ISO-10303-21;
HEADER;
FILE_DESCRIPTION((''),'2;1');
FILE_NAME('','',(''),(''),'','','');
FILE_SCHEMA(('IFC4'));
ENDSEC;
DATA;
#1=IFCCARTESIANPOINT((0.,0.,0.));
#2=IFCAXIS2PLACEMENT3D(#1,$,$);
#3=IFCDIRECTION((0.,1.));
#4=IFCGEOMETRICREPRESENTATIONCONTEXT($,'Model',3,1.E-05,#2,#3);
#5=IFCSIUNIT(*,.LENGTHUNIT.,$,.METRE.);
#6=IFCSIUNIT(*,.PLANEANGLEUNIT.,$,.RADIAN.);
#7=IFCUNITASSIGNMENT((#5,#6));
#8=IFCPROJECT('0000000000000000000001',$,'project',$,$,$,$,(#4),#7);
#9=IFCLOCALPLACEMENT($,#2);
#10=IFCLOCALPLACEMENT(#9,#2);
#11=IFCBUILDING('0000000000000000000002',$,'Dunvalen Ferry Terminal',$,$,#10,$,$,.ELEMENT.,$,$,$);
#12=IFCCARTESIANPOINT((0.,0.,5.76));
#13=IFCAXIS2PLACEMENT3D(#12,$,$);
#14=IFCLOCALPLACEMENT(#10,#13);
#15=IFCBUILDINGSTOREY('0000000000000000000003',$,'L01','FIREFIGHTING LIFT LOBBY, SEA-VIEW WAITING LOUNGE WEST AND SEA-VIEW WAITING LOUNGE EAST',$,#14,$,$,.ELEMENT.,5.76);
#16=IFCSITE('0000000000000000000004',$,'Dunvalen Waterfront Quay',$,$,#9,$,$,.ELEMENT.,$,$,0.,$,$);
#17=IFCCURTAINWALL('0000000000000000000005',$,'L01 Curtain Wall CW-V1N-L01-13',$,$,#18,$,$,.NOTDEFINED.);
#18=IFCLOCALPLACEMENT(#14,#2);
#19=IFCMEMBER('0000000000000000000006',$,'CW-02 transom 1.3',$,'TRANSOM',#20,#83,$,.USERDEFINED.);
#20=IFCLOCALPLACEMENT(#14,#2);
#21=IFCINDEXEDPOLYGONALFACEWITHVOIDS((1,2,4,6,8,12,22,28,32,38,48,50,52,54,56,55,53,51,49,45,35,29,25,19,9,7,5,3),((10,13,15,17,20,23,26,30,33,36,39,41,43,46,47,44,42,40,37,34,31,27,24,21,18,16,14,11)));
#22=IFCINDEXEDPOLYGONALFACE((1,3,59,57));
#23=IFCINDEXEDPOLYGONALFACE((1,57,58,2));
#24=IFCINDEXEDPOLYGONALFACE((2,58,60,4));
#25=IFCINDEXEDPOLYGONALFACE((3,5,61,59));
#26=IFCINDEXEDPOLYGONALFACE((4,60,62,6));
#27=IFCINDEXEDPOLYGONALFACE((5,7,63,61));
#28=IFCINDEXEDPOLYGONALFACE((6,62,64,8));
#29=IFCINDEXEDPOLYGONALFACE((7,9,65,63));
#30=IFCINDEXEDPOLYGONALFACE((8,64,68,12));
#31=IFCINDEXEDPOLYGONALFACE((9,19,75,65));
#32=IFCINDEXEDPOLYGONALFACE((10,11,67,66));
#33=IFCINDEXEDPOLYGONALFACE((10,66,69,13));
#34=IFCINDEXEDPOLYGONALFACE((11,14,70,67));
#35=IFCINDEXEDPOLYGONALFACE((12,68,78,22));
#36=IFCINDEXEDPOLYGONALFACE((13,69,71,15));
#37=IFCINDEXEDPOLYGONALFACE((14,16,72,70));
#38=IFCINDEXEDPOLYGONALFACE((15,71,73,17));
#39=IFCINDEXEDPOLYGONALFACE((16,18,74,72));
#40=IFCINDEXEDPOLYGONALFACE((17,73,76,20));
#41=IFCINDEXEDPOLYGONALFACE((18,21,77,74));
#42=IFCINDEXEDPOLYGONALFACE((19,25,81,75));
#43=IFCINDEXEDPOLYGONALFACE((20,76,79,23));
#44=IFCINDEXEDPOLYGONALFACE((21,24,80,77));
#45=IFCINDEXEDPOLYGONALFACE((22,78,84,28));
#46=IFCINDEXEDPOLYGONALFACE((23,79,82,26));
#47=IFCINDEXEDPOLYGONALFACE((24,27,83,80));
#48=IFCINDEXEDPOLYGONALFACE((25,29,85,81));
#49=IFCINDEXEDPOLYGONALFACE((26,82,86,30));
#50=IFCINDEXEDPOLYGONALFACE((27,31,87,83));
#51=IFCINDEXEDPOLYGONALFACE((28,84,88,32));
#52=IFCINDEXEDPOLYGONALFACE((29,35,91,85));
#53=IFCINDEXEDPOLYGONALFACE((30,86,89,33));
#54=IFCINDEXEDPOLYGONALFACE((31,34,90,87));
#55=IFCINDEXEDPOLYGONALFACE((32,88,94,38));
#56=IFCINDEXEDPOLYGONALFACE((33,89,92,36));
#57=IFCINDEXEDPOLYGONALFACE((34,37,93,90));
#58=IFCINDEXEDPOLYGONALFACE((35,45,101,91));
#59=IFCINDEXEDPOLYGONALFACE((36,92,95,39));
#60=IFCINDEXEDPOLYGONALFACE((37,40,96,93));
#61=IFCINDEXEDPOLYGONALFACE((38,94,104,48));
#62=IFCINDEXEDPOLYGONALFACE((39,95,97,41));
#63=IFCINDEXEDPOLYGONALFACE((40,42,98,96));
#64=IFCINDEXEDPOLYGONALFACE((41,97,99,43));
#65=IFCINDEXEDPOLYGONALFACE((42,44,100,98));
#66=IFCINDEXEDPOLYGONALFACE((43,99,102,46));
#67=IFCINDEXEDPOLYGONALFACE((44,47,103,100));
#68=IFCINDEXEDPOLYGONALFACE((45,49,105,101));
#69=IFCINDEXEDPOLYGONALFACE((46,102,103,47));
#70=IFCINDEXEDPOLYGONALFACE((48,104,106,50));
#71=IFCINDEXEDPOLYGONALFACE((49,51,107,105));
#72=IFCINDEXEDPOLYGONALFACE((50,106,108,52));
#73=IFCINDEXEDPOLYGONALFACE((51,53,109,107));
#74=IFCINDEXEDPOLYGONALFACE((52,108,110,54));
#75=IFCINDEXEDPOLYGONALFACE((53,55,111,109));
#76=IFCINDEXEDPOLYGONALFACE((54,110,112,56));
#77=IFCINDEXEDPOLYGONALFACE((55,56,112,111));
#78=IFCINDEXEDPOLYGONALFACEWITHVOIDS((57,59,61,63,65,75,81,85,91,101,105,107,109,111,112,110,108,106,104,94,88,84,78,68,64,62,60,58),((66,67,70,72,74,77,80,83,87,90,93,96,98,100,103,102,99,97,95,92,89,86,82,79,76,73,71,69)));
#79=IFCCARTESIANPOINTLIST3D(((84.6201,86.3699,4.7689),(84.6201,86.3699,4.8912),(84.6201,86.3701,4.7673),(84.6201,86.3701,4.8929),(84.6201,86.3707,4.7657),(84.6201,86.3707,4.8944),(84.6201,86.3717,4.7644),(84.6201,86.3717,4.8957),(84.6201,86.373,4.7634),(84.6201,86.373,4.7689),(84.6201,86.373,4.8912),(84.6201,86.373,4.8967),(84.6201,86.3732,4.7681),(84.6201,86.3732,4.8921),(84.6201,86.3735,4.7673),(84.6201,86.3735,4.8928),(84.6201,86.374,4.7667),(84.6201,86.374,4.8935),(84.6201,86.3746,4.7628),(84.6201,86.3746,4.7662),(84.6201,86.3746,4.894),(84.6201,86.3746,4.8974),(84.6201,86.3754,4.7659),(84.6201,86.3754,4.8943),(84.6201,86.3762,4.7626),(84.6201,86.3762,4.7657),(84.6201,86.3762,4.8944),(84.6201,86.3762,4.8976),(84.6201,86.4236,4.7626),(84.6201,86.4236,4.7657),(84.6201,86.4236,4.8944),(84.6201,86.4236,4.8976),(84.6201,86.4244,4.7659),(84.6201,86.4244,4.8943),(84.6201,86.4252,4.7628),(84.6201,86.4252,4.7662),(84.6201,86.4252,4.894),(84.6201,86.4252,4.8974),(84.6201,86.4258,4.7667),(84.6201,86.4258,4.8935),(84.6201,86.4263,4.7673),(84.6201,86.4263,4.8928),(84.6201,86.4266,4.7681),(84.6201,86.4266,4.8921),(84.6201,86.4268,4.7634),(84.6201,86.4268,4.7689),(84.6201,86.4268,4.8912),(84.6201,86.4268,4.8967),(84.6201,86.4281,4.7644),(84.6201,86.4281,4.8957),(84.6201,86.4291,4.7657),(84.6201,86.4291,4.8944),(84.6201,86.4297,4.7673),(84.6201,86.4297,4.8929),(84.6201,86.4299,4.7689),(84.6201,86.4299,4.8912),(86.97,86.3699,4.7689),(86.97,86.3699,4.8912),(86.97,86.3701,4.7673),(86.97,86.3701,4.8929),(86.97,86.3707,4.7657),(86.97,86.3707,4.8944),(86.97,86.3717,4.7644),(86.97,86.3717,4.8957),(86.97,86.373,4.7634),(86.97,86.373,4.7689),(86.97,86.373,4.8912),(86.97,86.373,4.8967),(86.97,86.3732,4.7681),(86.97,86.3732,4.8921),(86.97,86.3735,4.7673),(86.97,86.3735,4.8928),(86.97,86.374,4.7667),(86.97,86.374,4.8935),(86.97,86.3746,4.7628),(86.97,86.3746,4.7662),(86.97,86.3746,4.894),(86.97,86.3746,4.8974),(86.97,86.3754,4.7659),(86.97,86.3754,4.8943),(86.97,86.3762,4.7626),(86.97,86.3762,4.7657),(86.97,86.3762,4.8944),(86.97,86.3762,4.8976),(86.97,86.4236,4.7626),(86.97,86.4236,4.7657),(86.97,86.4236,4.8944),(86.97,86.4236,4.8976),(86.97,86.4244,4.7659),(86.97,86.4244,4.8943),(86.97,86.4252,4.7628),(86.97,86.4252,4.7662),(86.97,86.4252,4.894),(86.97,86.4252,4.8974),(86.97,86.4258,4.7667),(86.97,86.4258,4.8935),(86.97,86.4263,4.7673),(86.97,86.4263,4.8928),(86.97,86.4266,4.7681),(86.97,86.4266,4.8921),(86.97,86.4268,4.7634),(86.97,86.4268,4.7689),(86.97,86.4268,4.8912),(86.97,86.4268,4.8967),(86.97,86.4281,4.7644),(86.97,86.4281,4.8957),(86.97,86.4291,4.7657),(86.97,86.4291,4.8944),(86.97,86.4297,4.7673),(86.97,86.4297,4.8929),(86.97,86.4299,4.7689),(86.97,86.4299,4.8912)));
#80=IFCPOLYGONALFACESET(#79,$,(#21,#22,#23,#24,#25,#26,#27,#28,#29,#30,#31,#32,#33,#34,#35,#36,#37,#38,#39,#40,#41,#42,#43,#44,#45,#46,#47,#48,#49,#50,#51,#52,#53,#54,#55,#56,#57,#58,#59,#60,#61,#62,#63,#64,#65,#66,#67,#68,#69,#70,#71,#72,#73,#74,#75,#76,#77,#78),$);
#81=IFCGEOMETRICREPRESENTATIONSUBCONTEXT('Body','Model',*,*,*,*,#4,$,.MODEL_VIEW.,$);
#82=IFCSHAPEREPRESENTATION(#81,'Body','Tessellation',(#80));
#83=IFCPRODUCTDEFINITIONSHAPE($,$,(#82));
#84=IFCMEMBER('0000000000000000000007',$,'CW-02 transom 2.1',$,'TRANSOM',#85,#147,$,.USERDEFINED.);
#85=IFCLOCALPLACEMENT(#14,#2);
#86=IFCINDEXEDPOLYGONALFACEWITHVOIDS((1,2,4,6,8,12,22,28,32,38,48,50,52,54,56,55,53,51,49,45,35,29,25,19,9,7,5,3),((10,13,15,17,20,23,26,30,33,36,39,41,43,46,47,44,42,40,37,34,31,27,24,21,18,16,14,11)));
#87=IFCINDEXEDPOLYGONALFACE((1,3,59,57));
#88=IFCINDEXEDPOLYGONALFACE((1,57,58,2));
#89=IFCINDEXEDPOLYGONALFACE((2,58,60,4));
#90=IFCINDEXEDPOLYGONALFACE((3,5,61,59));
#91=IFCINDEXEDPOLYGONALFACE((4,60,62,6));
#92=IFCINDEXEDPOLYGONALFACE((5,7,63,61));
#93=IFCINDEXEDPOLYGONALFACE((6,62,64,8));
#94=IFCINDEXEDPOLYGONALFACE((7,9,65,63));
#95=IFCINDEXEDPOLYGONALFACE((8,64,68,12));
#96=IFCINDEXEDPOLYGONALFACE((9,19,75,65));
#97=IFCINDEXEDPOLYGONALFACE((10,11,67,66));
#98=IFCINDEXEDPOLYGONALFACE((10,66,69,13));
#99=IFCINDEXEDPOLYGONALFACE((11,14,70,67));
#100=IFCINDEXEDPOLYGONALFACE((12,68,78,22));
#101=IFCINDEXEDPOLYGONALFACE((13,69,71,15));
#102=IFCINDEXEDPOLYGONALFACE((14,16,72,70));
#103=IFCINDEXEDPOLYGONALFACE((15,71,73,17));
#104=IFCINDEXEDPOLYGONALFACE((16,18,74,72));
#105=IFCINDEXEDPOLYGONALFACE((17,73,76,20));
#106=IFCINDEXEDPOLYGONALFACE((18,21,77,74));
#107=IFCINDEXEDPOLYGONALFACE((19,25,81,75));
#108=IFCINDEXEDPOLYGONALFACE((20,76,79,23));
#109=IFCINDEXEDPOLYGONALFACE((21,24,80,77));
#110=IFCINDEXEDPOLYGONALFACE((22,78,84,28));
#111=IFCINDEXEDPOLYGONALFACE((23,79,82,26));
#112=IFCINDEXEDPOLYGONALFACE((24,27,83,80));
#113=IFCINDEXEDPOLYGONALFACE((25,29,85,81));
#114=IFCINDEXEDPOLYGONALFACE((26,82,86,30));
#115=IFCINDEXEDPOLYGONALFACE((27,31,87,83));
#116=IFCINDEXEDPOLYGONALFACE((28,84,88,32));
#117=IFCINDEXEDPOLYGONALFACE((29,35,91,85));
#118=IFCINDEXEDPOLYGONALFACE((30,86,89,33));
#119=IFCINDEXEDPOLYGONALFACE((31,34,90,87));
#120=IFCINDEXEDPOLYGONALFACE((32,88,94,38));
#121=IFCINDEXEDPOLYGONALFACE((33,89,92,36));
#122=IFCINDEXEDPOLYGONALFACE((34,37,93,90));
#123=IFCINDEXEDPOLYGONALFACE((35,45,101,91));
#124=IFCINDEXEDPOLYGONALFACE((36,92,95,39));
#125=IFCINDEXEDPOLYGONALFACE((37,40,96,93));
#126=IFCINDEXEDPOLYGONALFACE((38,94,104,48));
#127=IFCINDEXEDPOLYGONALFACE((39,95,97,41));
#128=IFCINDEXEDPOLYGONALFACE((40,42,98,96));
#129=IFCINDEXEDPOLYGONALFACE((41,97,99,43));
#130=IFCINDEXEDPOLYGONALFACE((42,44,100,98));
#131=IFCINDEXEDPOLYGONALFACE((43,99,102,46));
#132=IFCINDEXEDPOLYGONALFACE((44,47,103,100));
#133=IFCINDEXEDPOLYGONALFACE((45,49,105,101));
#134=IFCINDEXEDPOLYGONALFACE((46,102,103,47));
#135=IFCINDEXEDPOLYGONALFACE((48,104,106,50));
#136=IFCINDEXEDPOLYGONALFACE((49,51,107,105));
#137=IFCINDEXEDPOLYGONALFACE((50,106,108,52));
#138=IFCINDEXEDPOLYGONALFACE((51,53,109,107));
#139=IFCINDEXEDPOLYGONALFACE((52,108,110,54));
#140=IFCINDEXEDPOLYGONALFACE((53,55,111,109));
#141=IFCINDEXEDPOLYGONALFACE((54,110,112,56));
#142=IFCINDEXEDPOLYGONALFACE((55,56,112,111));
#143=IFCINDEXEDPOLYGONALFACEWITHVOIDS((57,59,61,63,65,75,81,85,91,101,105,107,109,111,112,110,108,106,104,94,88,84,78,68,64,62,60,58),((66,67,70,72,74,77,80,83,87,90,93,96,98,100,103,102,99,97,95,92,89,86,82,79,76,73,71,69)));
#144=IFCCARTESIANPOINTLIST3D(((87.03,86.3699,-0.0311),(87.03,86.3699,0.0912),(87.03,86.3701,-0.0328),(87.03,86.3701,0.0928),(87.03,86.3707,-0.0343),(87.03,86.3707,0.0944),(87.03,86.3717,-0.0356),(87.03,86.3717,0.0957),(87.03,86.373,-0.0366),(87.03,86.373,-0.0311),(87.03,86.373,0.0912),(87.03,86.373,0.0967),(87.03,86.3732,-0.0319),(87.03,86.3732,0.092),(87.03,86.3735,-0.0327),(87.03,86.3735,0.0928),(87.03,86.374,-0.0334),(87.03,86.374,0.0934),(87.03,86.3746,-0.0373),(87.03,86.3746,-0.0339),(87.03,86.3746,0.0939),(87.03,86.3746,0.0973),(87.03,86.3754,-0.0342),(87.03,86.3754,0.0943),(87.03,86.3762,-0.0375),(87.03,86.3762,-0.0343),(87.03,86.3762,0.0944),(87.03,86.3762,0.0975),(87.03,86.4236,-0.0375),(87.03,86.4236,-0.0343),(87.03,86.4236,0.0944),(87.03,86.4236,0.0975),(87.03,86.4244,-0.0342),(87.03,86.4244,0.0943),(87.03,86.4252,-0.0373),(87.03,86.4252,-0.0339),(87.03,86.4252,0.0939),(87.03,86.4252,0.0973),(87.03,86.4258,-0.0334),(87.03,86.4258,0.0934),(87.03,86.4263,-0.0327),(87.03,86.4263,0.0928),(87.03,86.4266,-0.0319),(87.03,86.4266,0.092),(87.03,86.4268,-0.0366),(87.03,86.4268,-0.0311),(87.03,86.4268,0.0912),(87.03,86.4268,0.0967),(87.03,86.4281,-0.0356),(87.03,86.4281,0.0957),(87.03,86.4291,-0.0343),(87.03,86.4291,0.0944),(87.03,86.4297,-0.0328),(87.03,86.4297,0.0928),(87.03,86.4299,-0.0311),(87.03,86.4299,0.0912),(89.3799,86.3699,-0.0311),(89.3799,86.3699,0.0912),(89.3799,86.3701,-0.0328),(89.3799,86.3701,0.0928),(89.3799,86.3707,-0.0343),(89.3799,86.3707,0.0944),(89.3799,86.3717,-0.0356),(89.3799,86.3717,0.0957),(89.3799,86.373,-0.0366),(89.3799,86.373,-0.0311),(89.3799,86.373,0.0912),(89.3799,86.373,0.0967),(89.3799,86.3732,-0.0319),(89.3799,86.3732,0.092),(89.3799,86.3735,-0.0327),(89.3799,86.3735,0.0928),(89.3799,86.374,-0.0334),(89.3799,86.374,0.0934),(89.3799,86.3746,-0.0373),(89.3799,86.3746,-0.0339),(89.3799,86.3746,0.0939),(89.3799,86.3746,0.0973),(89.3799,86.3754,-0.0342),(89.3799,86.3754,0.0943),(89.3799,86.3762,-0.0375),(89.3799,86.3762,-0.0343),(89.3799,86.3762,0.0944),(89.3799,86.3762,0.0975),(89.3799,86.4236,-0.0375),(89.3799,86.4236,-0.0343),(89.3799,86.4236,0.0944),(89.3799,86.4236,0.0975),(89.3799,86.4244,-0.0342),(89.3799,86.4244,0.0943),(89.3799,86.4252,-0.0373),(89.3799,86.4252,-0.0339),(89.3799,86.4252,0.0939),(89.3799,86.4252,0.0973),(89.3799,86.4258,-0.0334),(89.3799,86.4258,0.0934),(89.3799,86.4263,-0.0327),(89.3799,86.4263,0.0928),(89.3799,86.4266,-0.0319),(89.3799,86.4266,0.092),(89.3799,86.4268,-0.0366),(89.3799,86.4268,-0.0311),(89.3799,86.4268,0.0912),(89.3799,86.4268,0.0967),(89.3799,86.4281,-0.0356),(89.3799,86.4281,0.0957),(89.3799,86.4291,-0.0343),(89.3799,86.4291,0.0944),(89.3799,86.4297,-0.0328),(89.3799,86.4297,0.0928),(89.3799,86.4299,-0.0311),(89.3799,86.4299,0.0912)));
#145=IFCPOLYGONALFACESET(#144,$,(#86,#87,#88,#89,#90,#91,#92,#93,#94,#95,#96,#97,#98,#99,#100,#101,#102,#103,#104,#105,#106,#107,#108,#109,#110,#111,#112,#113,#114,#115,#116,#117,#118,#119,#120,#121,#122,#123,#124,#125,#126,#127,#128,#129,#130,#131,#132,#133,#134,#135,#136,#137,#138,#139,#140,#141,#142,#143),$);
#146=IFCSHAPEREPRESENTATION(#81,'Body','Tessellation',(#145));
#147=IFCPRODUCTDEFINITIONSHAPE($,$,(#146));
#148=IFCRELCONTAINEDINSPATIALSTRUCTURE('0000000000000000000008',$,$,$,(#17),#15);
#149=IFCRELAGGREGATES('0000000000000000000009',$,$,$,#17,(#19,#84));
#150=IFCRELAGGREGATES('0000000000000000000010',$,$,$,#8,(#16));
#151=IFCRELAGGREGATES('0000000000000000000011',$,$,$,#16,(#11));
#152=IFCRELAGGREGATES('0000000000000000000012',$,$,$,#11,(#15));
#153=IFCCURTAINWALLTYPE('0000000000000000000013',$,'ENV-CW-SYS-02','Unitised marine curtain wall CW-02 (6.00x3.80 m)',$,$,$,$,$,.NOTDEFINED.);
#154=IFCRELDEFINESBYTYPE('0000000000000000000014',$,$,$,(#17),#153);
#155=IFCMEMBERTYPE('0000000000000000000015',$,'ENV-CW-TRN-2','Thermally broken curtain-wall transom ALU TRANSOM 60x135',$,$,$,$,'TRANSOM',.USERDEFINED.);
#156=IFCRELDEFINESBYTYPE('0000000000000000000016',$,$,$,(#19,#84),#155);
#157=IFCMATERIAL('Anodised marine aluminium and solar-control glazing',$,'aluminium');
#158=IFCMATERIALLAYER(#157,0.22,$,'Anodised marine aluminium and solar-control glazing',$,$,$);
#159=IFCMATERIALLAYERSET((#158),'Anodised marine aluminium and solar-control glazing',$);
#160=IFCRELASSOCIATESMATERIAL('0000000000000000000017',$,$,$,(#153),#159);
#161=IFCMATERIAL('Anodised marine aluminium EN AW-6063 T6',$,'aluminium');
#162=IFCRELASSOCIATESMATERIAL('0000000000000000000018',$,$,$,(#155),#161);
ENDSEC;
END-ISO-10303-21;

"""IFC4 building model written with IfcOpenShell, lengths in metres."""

from ifc_helpers import new_model, si_unit, direction, frame, origin, origin_2d, place, context, subcontext, project, spatial, hollow_rectangle, extrude, material, layer, layer_set, material_profile, profile_set, type_object, element, aggregate, save


model = new_model("IFC4")

# Units and contexts
model_context = context("Model", 3, precision=1e-05, world=origin(), true_north=direction((0.0, 1.0)))
body_context = subcontext(model_context, "Body", "Model", "MODEL_VIEW")
ifc_project = project(units=[si_unit("LENGTHUNIT", "METRE"), si_unit("PLANEANGLEUNIT", "RADIAN")], contexts=[model_context])

# Site, building, storey
site_placement = place(None, origin())
site = spatial("IfcSite", under=ifc_project, at=site_placement, Name="Dunvalen Waterfront Quay", CompositionType="ELEMENT", RefElevation=0.0)
building_placement = place(site_placement, origin())
building = spatial("IfcBuilding", under=site, at=building_placement, Name="Dunvalen Ferry Terminal", CompositionType="ELEMENT")
storey_placement = place(building_placement, frame((0.0, 0.0, 5.76)))
storey = spatial("IfcBuildingStorey", under=building, at=storey_placement, Name="L01", Description="FIREFIGHTING LIFT LOBBY, SEA-VIEW WAITING LOUNGE WEST AND SEA-VIEW WAITING LOUNGE EAST", CompositionType="ELEMENT", Elevation=5.76)

# Curtain wall
ifc_material_1 = material(Name="Anodised marine aluminium and solar-control glazing", Category="aluminium")
ifc_layer_1 = layer(ifc_material_1, 0.22, Name="Anodised marine aluminium and solar-control glazing")
ifc_layer_set_1 = layer_set([ifc_layer_1], Name="Anodised marine aluminium and solar-control glazing")
curtain_wall_type_1 = type_object("IfcCurtainWallType", Name="ENV-CW-SYS-02", Description="Unitised marine curtain wall CW-02 (6.00x3.80 m)", PredefinedType="NOTDEFINED", material=ifc_layer_set_1)
curtain_wall_1_placement = place(storey_placement, origin())
curtain_wall_1 = element("IfcCurtainWall", 1, at=curtain_wall_1_placement, inside=storey, type_object=curtain_wall_type_1, Name="L01 Curtain Wall CW-V1N-L01-13", PredefinedType="NOTDEFINED")
ifc_material_2 = material(Name="Anodised marine aluminium EN AW-6063 T6", Category="aluminium")

# Members
ifc_material_profile_1 = material_profile(ifc_material_2, hollow_rectangle(XDim=0.0601, YDim=0.135, WallThickness=0.0032, InnerFilletRadius=0.0032, OuterFilletRadius=0.0063, at=origin_2d()), Name="Anodised marine aluminium EN AW-6063 T6")
ifc_profile_set_1 = profile_set([ifc_material_profile_1], Name="Anodised marine aluminium EN AW-6063 T6")
member_type_1 = type_object("IfcMemberType", Name="ENV-CW-TRN-2", Description="Thermally broken curtain-wall transom ALU TRANSOM 60x135", ElementType="TRANSOM", PredefinedType="USERDEFINED", material=ifc_profile_set_1)
member_1_placement = place(storey_placement, frame((84.6201, 86.3999, 4.8301), z_axis=(1.0, 0.0, 0.0), x_axis=(0.0, 1.0, 0.0)))
member_1 = element("IfcMember", 2, at=member_1_placement, type_object=member_type_1, Name="CW-02 transom 1.3", ObjectType="TRANSOM", PredefinedType="USERDEFINED", context=body_context, shape_type="SweptSolid", body=[
    extrude(hollow_rectangle(XDim=0.0601, YDim=0.135, WallThickness=0.0032, InnerFilletRadius=0.0032, OuterFilletRadius=0.0063, at=origin_2d()), origin(), (0.0, 0.0, 1.0), 2.3499),
])
member_2_placement = place(storey_placement, frame((87.03, 86.3999, 0.03), z_axis=(1.0, 0.0, 0.0), x_axis=(0.0, 1.0, 0.0)))
member_2 = element("IfcMember", 3, at=member_2_placement, type_object=member_type_1, Name="CW-02 transom 2.1", ObjectType="TRANSOM", PredefinedType="USERDEFINED", context=body_context, shape_type="SweptSolid", body=[
    extrude(hollow_rectangle(XDim=0.0601, YDim=0.135, WallThickness=0.0032, InnerFilletRadius=0.0032, OuterFilletRadius=0.0063, at=origin_2d()), origin(), (0.0, 0.0, 1.0), 2.3499),
])

aggregate(curtain_wall_1, [member_1, member_2])

save(model, "model.ifc")
